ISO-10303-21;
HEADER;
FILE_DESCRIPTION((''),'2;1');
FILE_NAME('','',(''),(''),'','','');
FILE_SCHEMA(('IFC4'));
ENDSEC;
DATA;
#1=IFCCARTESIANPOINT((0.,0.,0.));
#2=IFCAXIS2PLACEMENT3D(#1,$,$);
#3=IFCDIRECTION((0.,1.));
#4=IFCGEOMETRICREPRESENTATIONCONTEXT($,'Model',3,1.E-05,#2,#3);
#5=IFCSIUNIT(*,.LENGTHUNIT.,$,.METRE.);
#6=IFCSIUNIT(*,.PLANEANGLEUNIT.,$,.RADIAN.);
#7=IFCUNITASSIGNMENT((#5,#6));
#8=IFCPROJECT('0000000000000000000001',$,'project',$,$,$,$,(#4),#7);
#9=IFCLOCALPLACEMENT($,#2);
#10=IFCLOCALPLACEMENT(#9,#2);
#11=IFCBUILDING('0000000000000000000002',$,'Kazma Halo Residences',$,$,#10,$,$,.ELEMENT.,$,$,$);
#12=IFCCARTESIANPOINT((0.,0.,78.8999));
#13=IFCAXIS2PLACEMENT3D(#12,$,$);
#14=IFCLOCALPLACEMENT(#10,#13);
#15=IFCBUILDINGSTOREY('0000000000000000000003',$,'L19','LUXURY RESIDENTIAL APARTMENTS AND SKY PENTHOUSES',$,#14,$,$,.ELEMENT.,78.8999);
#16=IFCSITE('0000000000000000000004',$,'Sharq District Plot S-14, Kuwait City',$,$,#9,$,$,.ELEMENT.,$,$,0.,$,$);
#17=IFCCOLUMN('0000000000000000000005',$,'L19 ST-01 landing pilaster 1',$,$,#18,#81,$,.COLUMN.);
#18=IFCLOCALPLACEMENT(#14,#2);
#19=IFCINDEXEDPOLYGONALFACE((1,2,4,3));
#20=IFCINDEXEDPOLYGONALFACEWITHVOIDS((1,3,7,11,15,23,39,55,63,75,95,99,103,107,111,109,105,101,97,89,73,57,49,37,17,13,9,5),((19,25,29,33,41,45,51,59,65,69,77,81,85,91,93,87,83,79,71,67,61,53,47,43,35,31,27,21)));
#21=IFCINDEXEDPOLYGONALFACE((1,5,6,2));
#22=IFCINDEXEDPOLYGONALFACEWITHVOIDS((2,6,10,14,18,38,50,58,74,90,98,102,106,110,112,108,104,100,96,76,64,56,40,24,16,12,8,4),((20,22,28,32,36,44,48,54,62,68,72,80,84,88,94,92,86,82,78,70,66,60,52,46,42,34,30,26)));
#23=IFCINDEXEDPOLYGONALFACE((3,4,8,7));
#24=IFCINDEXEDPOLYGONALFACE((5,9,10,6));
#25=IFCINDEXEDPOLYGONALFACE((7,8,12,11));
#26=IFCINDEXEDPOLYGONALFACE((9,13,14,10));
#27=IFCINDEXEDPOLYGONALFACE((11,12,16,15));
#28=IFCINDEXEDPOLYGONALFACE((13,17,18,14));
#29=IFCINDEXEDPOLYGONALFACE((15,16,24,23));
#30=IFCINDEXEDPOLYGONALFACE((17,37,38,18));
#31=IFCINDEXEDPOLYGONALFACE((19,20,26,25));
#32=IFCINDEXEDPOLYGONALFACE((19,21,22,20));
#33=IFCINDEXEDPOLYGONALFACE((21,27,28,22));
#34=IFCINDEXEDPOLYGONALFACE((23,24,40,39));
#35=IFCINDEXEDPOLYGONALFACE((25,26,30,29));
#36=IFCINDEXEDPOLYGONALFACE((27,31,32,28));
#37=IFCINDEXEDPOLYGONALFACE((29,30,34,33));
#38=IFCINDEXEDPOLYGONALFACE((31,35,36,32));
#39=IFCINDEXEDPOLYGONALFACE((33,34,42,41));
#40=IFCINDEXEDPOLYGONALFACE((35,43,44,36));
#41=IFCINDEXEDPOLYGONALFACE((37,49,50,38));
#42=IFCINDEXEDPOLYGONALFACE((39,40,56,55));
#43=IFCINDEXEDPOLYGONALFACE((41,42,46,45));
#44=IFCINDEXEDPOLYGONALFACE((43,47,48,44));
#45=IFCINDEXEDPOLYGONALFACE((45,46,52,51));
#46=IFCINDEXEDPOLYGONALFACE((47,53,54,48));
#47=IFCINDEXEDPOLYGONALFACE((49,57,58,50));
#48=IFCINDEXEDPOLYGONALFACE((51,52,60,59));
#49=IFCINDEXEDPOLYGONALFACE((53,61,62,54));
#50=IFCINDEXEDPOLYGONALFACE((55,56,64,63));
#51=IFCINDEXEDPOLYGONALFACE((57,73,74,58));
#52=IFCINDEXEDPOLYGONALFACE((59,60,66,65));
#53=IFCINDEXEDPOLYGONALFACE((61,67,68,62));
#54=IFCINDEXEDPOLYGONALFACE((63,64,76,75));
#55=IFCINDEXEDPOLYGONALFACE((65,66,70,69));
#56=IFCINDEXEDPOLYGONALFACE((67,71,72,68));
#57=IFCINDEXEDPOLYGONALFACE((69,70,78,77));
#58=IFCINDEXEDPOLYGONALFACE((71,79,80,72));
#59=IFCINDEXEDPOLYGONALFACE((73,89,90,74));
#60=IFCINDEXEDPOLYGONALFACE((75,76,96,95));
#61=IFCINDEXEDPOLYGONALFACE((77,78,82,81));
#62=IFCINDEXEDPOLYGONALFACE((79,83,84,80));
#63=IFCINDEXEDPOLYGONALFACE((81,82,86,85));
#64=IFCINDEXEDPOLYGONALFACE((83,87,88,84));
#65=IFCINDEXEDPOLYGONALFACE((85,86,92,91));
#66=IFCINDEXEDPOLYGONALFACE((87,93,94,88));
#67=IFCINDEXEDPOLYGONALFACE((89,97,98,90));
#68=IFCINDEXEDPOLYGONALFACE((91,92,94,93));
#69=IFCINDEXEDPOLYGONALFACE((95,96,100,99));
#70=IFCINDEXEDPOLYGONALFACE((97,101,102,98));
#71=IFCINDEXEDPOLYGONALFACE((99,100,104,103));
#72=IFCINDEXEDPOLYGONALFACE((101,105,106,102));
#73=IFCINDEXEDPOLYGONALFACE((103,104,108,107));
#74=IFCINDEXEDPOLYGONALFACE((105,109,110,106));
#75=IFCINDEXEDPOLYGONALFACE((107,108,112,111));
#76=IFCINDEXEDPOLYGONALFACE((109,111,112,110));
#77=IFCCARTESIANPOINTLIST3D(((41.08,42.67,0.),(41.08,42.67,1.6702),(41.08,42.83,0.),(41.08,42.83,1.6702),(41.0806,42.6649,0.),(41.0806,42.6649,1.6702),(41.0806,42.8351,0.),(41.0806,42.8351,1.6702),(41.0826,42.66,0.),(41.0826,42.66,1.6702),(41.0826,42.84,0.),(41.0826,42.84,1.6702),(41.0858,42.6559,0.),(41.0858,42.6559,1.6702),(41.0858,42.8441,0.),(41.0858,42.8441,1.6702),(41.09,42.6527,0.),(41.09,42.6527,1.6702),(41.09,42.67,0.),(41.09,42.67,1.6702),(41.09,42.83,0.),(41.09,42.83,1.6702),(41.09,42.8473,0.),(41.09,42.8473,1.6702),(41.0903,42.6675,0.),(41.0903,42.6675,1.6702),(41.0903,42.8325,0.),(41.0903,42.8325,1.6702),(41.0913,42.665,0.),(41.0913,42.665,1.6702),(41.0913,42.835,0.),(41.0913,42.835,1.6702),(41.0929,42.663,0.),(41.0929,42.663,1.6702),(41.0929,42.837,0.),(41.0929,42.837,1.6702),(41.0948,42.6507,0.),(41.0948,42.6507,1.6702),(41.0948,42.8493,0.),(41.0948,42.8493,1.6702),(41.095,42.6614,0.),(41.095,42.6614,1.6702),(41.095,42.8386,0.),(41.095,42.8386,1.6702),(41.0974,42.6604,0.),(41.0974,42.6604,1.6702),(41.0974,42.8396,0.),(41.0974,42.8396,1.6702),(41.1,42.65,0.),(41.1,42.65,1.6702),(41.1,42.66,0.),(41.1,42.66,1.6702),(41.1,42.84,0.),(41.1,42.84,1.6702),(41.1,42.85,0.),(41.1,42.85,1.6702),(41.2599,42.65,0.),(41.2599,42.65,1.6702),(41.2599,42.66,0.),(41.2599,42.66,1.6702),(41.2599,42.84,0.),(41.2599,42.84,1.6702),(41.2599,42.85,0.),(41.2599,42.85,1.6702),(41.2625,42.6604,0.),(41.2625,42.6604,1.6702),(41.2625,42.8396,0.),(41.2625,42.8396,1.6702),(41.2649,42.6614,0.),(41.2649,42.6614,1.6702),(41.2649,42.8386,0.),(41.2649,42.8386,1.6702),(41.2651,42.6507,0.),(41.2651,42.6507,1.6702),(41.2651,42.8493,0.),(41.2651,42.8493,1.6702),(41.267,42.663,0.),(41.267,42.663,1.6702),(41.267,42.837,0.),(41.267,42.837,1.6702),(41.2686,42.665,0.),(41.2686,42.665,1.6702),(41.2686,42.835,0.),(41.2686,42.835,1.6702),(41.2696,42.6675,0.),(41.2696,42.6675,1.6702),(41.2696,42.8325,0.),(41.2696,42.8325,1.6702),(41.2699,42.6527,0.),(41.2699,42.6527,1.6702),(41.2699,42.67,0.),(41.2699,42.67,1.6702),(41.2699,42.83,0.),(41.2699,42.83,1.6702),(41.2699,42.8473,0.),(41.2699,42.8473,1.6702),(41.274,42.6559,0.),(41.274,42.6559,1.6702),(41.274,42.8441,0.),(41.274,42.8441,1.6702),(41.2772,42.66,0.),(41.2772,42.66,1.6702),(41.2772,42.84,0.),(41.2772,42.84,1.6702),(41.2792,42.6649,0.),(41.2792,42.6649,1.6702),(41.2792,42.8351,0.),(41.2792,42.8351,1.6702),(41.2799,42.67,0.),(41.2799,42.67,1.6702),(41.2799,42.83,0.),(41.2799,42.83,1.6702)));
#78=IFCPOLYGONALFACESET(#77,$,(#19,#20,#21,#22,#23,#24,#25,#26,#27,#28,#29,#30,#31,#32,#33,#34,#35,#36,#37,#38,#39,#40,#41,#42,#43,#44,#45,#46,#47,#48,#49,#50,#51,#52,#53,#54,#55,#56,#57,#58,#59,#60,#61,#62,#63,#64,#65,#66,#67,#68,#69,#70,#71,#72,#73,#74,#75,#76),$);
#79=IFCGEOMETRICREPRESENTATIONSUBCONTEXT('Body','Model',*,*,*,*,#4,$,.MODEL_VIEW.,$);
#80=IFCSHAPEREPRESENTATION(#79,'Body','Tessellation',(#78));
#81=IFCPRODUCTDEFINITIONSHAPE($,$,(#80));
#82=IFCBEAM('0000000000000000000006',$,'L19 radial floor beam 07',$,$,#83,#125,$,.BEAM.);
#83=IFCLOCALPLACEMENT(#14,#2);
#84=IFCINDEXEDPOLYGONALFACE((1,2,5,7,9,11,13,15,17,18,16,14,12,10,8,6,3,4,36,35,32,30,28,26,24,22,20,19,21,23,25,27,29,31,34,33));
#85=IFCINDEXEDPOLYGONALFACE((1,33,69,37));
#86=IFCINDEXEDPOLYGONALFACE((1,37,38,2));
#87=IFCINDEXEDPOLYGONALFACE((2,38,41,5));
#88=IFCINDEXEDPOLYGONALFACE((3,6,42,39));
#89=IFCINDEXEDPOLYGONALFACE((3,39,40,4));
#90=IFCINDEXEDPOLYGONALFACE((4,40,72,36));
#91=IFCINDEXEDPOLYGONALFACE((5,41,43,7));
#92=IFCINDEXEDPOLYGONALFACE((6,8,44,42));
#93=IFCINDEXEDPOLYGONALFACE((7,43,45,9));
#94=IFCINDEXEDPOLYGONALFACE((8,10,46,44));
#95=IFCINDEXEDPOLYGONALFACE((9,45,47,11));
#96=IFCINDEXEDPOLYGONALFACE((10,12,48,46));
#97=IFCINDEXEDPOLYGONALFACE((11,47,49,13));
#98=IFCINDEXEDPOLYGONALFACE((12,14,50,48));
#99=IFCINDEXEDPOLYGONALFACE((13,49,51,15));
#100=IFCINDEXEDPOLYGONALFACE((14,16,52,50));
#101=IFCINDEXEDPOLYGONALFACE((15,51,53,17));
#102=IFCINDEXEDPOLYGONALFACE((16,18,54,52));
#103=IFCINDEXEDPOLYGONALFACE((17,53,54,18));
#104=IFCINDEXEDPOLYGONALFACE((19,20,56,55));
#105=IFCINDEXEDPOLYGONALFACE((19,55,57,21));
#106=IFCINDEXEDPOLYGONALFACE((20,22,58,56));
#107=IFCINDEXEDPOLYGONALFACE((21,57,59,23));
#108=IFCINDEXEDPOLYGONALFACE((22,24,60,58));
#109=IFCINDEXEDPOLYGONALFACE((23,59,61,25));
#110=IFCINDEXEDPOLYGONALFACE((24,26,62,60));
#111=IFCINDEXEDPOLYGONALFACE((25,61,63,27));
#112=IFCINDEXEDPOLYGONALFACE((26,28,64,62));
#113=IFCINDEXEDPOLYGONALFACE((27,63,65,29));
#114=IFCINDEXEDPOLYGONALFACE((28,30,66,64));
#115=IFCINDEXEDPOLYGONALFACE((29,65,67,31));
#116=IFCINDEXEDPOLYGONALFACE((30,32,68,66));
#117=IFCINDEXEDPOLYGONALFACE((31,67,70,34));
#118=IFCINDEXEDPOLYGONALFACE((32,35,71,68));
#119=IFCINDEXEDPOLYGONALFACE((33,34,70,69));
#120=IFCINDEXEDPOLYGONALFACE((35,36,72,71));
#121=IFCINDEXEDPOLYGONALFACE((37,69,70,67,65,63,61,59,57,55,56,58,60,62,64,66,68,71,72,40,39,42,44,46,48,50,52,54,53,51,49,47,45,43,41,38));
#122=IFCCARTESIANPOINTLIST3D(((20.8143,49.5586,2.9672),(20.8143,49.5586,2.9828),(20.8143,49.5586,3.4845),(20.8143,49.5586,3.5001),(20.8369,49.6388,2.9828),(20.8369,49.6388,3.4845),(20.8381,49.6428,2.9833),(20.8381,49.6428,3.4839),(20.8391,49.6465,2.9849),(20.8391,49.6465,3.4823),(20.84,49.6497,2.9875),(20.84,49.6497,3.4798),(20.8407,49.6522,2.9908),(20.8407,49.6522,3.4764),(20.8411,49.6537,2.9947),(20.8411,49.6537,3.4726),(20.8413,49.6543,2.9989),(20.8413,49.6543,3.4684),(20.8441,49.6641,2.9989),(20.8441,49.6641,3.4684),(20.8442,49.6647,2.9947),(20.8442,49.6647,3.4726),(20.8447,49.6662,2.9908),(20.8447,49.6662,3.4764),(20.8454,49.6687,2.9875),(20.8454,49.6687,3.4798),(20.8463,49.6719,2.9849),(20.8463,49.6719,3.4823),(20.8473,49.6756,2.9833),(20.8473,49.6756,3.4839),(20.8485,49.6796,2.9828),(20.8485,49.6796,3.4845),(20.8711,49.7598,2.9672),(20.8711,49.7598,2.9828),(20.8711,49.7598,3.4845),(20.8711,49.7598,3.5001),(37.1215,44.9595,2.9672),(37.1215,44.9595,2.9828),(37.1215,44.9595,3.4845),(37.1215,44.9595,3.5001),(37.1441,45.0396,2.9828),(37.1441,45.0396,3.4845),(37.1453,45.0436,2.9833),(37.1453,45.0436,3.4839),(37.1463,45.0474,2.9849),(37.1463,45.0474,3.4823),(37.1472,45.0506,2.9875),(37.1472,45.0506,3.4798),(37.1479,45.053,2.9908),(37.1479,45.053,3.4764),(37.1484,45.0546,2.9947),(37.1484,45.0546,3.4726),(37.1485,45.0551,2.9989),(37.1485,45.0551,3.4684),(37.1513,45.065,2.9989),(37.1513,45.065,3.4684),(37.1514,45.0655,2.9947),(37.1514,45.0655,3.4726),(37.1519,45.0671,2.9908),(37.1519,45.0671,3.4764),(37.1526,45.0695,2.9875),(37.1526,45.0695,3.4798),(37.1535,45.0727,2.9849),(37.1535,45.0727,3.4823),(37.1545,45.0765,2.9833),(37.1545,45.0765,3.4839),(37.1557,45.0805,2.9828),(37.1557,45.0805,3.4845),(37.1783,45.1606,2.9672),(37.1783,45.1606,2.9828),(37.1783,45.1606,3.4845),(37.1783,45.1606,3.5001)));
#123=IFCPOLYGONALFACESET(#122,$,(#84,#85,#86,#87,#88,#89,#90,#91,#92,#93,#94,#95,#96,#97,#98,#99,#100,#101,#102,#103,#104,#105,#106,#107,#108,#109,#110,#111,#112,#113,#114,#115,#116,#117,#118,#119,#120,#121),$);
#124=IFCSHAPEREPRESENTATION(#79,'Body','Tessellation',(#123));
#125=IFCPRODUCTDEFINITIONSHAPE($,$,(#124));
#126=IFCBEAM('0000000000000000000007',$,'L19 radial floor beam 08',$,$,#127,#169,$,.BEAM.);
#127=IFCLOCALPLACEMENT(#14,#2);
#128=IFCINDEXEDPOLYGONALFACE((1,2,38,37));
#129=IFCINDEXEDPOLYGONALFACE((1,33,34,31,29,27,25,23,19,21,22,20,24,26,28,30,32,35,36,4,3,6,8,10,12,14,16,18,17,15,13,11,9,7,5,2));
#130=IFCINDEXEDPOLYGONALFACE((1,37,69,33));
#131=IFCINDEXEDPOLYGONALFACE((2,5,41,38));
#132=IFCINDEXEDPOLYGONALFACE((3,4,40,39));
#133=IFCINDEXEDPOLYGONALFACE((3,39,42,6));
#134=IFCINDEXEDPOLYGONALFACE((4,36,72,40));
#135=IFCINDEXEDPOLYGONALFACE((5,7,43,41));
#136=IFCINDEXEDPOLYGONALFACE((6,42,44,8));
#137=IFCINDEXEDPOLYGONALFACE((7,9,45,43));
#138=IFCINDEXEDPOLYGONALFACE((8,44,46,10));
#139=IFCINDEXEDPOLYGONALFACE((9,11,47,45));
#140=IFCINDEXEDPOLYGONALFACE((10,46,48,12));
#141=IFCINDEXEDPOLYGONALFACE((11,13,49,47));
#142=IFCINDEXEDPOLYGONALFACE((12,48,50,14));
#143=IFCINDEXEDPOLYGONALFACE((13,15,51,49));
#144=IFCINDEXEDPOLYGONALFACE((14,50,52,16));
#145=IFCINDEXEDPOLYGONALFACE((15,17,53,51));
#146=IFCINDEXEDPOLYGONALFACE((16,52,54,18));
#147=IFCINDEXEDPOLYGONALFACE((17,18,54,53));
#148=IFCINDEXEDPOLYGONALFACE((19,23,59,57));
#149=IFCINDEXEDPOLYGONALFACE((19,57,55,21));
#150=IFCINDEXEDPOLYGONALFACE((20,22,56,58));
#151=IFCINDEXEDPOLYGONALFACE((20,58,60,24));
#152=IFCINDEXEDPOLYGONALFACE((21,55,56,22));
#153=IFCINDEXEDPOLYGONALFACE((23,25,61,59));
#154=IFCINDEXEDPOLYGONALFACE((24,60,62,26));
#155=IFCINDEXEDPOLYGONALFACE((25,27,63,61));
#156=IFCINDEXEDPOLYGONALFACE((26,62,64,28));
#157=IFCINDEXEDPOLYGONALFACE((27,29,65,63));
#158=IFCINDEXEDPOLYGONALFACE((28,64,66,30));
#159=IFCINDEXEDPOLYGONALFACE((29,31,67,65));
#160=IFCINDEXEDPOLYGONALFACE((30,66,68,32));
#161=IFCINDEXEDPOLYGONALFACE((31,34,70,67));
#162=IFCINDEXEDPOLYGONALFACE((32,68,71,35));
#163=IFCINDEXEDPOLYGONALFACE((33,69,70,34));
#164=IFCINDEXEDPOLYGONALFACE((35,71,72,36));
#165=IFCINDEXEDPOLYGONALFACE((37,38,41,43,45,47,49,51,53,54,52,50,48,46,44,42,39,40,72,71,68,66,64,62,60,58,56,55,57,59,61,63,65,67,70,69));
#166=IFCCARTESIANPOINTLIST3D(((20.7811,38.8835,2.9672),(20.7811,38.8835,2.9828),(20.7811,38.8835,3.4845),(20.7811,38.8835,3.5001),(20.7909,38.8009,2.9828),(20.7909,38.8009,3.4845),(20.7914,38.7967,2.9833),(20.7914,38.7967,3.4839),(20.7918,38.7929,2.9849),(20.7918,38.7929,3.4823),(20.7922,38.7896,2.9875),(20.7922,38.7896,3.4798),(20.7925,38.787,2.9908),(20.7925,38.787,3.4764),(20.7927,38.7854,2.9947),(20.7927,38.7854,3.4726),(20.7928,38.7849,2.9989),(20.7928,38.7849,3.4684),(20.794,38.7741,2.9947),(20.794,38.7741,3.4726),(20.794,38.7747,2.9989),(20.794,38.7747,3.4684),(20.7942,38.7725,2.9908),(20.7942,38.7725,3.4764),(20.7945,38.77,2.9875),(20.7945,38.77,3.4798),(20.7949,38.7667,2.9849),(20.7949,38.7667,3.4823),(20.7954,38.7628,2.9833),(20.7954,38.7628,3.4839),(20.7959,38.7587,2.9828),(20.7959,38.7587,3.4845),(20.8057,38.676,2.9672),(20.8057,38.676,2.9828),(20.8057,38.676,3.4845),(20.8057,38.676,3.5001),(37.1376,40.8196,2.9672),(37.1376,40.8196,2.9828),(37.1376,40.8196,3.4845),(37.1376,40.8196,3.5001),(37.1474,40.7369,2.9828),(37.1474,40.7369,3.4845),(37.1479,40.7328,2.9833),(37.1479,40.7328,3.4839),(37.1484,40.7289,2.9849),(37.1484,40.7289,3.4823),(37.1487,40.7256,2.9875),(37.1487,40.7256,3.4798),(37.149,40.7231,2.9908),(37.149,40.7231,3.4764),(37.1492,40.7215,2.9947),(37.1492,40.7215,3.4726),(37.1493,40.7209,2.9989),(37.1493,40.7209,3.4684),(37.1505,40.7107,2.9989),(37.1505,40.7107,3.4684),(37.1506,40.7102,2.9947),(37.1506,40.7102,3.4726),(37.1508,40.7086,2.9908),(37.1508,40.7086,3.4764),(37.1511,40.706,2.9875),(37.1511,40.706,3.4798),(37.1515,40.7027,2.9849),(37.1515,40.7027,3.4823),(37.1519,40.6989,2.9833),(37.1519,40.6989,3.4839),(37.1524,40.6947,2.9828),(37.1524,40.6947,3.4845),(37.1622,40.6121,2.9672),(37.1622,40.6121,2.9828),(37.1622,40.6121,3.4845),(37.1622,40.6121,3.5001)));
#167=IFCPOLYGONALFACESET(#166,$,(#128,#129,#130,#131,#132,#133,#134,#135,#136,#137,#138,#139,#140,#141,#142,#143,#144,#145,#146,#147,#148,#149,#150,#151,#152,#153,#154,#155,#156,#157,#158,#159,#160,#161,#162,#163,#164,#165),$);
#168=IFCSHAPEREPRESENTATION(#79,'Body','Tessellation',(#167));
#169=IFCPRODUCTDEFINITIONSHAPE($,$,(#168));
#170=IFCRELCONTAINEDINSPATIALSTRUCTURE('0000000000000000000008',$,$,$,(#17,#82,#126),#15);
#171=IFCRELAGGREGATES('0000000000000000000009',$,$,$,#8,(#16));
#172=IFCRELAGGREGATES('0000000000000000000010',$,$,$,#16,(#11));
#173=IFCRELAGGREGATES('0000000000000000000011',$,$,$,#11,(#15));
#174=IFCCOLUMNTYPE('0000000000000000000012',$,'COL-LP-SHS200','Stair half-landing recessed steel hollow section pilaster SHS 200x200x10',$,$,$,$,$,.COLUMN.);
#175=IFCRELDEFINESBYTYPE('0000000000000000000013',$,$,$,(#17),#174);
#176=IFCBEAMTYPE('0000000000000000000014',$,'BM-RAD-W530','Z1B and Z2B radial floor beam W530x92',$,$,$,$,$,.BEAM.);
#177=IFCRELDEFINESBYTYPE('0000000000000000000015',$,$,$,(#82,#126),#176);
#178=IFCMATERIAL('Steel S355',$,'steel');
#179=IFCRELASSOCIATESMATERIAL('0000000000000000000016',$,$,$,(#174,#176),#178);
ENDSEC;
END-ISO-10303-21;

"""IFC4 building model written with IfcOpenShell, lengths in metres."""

from ifc_helpers import new_model, si_unit, direction, frame, origin, origin_2d, place, context, subcontext, project, spatial, hollow_rectangle, i_section, extrude, material, material_profile, profile_set, type_object, element, save


model = new_model("IFC4")

# Units and contexts
model_context = context("Model", 3, precision=1e-05, world=origin(), true_north=direction((0.0, 1.0)))
body_context = subcontext(model_context, "Body", "Model", "MODEL_VIEW")
ifc_project = project(units=[si_unit("LENGTHUNIT", "METRE"), si_unit("PLANEANGLEUNIT", "RADIAN")], contexts=[model_context])

# Site, building, storey
site_placement = place(None, origin())
site = spatial("IfcSite", under=ifc_project, at=site_placement, Name="Sharq District Plot S-14, Kuwait City", CompositionType="ELEMENT", RefElevation=0.0)
building_placement = place(site_placement, origin())
building = spatial("IfcBuilding", under=site, at=building_placement, Name="Kazma Halo Residences", CompositionType="ELEMENT")
storey_placement = place(building_placement, frame((0.0, 0.0, 78.8999)))
storey = spatial("IfcBuildingStorey", under=building, at=storey_placement, Name="L19", Description="LUXURY RESIDENTIAL APARTMENTS AND SKY PENTHOUSES", CompositionType="ELEMENT", Elevation=78.8999)

# Column
ifc_material_1 = material(Name="Steel S355", Category="steel")
ifc_material_profile_1 = material_profile(ifc_material_1, hollow_rectangle(XDim=0.2, YDim=0.2, WallThickness=0.01, InnerFilletRadius=0.01, OuterFilletRadius=0.02, at=origin_2d()), Name="SHS200x200x10")
ifc_profile_set_1 = profile_set([ifc_material_profile_1], Name="Steel S355")
column_type = type_object("IfcColumnType", Name="COL-LP-SHS200", Description="Stair half-landing recessed steel hollow section pilaster SHS 200x200x10", PredefinedType="COLUMN", material=ifc_profile_set_1)
column_placement = place(storey_placement, frame((41.1799, 42.75, 0.0), z_axis=(0.0, 0.0, 1.0), x_axis=(1.0, 0.0, 0.0)))
element("IfcColumn", 1, at=column_placement, inside=storey, type_object=column_type, Name="L19 ST-01 landing pilaster 1", PredefinedType="COLUMN", context=body_context, shape_type="SweptSolid", body=[
    extrude(hollow_rectangle(XDim=0.2, YDim=0.2, WallThickness=0.01, InnerFilletRadius=0.01, OuterFilletRadius=0.02, at=origin_2d()), origin(), (0.0, 0.0, 1.0), 1.6702),
])

# Beams
ifc_material_profile_2 = material_profile(ifc_material_1, i_section(OverallWidth=0.209, OverallDepth=0.533, WebThickness=0.0103, FlangeThickness=0.0156, FilletRadius=0.0161, at=origin_2d()), Name="W530x92")
ifc_profile_set_2 = profile_set([ifc_material_profile_2], Name="Steel S355")
beam_type_1 = type_object("IfcBeamType", Name="BM-RAD-W530", Description="Z1B and Z2B radial floor beam W530x92", PredefinedType="BEAM", material=ifc_profile_set_2)
beam_1_placement = place(storey_placement, frame((37.1499, 45.0601, 3.2336), z_axis=(-0.962455, 0.271442, 0.0), x_axis=(-0.271442, -0.962455, 0.0)))
element("IfcBeam", 2, at=beam_1_placement, inside=storey, type_object=beam_type_1, Name="L19 radial floor beam 07", PredefinedType="BEAM", context=body_context, shape_type="SweptSolid", body=[
    extrude(i_section(OverallWidth=0.209, OverallDepth=0.533, WebThickness=0.0103, FlangeThickness=0.0156, FilletRadius=0.0161, at=origin_2d()), origin(), (0.0, 0.0, 1.0), 16.9434),
])
beam_2_placement = place(storey_placement, frame((37.1499, 40.7158, 3.2336), z_axis=(-0.993068, -0.117545, 0.0), x_axis=(0.117545, -0.993068, 0.0)))
element("IfcBeam", 3, at=beam_2_placement, inside=storey, type_object=beam_type_1, Name="L19 radial floor beam 08", PredefinedType="BEAM", context=body_context, shape_type="SweptSolid", body=[
    extrude(i_section(OverallWidth=0.209, OverallDepth=0.533, WebThickness=0.0103, FlangeThickness=0.0156, FilletRadius=0.0161, at=origin_2d()), origin(), (0.0, 0.0, 1.0), 16.4707),
])

save(model, "model.ifc")
